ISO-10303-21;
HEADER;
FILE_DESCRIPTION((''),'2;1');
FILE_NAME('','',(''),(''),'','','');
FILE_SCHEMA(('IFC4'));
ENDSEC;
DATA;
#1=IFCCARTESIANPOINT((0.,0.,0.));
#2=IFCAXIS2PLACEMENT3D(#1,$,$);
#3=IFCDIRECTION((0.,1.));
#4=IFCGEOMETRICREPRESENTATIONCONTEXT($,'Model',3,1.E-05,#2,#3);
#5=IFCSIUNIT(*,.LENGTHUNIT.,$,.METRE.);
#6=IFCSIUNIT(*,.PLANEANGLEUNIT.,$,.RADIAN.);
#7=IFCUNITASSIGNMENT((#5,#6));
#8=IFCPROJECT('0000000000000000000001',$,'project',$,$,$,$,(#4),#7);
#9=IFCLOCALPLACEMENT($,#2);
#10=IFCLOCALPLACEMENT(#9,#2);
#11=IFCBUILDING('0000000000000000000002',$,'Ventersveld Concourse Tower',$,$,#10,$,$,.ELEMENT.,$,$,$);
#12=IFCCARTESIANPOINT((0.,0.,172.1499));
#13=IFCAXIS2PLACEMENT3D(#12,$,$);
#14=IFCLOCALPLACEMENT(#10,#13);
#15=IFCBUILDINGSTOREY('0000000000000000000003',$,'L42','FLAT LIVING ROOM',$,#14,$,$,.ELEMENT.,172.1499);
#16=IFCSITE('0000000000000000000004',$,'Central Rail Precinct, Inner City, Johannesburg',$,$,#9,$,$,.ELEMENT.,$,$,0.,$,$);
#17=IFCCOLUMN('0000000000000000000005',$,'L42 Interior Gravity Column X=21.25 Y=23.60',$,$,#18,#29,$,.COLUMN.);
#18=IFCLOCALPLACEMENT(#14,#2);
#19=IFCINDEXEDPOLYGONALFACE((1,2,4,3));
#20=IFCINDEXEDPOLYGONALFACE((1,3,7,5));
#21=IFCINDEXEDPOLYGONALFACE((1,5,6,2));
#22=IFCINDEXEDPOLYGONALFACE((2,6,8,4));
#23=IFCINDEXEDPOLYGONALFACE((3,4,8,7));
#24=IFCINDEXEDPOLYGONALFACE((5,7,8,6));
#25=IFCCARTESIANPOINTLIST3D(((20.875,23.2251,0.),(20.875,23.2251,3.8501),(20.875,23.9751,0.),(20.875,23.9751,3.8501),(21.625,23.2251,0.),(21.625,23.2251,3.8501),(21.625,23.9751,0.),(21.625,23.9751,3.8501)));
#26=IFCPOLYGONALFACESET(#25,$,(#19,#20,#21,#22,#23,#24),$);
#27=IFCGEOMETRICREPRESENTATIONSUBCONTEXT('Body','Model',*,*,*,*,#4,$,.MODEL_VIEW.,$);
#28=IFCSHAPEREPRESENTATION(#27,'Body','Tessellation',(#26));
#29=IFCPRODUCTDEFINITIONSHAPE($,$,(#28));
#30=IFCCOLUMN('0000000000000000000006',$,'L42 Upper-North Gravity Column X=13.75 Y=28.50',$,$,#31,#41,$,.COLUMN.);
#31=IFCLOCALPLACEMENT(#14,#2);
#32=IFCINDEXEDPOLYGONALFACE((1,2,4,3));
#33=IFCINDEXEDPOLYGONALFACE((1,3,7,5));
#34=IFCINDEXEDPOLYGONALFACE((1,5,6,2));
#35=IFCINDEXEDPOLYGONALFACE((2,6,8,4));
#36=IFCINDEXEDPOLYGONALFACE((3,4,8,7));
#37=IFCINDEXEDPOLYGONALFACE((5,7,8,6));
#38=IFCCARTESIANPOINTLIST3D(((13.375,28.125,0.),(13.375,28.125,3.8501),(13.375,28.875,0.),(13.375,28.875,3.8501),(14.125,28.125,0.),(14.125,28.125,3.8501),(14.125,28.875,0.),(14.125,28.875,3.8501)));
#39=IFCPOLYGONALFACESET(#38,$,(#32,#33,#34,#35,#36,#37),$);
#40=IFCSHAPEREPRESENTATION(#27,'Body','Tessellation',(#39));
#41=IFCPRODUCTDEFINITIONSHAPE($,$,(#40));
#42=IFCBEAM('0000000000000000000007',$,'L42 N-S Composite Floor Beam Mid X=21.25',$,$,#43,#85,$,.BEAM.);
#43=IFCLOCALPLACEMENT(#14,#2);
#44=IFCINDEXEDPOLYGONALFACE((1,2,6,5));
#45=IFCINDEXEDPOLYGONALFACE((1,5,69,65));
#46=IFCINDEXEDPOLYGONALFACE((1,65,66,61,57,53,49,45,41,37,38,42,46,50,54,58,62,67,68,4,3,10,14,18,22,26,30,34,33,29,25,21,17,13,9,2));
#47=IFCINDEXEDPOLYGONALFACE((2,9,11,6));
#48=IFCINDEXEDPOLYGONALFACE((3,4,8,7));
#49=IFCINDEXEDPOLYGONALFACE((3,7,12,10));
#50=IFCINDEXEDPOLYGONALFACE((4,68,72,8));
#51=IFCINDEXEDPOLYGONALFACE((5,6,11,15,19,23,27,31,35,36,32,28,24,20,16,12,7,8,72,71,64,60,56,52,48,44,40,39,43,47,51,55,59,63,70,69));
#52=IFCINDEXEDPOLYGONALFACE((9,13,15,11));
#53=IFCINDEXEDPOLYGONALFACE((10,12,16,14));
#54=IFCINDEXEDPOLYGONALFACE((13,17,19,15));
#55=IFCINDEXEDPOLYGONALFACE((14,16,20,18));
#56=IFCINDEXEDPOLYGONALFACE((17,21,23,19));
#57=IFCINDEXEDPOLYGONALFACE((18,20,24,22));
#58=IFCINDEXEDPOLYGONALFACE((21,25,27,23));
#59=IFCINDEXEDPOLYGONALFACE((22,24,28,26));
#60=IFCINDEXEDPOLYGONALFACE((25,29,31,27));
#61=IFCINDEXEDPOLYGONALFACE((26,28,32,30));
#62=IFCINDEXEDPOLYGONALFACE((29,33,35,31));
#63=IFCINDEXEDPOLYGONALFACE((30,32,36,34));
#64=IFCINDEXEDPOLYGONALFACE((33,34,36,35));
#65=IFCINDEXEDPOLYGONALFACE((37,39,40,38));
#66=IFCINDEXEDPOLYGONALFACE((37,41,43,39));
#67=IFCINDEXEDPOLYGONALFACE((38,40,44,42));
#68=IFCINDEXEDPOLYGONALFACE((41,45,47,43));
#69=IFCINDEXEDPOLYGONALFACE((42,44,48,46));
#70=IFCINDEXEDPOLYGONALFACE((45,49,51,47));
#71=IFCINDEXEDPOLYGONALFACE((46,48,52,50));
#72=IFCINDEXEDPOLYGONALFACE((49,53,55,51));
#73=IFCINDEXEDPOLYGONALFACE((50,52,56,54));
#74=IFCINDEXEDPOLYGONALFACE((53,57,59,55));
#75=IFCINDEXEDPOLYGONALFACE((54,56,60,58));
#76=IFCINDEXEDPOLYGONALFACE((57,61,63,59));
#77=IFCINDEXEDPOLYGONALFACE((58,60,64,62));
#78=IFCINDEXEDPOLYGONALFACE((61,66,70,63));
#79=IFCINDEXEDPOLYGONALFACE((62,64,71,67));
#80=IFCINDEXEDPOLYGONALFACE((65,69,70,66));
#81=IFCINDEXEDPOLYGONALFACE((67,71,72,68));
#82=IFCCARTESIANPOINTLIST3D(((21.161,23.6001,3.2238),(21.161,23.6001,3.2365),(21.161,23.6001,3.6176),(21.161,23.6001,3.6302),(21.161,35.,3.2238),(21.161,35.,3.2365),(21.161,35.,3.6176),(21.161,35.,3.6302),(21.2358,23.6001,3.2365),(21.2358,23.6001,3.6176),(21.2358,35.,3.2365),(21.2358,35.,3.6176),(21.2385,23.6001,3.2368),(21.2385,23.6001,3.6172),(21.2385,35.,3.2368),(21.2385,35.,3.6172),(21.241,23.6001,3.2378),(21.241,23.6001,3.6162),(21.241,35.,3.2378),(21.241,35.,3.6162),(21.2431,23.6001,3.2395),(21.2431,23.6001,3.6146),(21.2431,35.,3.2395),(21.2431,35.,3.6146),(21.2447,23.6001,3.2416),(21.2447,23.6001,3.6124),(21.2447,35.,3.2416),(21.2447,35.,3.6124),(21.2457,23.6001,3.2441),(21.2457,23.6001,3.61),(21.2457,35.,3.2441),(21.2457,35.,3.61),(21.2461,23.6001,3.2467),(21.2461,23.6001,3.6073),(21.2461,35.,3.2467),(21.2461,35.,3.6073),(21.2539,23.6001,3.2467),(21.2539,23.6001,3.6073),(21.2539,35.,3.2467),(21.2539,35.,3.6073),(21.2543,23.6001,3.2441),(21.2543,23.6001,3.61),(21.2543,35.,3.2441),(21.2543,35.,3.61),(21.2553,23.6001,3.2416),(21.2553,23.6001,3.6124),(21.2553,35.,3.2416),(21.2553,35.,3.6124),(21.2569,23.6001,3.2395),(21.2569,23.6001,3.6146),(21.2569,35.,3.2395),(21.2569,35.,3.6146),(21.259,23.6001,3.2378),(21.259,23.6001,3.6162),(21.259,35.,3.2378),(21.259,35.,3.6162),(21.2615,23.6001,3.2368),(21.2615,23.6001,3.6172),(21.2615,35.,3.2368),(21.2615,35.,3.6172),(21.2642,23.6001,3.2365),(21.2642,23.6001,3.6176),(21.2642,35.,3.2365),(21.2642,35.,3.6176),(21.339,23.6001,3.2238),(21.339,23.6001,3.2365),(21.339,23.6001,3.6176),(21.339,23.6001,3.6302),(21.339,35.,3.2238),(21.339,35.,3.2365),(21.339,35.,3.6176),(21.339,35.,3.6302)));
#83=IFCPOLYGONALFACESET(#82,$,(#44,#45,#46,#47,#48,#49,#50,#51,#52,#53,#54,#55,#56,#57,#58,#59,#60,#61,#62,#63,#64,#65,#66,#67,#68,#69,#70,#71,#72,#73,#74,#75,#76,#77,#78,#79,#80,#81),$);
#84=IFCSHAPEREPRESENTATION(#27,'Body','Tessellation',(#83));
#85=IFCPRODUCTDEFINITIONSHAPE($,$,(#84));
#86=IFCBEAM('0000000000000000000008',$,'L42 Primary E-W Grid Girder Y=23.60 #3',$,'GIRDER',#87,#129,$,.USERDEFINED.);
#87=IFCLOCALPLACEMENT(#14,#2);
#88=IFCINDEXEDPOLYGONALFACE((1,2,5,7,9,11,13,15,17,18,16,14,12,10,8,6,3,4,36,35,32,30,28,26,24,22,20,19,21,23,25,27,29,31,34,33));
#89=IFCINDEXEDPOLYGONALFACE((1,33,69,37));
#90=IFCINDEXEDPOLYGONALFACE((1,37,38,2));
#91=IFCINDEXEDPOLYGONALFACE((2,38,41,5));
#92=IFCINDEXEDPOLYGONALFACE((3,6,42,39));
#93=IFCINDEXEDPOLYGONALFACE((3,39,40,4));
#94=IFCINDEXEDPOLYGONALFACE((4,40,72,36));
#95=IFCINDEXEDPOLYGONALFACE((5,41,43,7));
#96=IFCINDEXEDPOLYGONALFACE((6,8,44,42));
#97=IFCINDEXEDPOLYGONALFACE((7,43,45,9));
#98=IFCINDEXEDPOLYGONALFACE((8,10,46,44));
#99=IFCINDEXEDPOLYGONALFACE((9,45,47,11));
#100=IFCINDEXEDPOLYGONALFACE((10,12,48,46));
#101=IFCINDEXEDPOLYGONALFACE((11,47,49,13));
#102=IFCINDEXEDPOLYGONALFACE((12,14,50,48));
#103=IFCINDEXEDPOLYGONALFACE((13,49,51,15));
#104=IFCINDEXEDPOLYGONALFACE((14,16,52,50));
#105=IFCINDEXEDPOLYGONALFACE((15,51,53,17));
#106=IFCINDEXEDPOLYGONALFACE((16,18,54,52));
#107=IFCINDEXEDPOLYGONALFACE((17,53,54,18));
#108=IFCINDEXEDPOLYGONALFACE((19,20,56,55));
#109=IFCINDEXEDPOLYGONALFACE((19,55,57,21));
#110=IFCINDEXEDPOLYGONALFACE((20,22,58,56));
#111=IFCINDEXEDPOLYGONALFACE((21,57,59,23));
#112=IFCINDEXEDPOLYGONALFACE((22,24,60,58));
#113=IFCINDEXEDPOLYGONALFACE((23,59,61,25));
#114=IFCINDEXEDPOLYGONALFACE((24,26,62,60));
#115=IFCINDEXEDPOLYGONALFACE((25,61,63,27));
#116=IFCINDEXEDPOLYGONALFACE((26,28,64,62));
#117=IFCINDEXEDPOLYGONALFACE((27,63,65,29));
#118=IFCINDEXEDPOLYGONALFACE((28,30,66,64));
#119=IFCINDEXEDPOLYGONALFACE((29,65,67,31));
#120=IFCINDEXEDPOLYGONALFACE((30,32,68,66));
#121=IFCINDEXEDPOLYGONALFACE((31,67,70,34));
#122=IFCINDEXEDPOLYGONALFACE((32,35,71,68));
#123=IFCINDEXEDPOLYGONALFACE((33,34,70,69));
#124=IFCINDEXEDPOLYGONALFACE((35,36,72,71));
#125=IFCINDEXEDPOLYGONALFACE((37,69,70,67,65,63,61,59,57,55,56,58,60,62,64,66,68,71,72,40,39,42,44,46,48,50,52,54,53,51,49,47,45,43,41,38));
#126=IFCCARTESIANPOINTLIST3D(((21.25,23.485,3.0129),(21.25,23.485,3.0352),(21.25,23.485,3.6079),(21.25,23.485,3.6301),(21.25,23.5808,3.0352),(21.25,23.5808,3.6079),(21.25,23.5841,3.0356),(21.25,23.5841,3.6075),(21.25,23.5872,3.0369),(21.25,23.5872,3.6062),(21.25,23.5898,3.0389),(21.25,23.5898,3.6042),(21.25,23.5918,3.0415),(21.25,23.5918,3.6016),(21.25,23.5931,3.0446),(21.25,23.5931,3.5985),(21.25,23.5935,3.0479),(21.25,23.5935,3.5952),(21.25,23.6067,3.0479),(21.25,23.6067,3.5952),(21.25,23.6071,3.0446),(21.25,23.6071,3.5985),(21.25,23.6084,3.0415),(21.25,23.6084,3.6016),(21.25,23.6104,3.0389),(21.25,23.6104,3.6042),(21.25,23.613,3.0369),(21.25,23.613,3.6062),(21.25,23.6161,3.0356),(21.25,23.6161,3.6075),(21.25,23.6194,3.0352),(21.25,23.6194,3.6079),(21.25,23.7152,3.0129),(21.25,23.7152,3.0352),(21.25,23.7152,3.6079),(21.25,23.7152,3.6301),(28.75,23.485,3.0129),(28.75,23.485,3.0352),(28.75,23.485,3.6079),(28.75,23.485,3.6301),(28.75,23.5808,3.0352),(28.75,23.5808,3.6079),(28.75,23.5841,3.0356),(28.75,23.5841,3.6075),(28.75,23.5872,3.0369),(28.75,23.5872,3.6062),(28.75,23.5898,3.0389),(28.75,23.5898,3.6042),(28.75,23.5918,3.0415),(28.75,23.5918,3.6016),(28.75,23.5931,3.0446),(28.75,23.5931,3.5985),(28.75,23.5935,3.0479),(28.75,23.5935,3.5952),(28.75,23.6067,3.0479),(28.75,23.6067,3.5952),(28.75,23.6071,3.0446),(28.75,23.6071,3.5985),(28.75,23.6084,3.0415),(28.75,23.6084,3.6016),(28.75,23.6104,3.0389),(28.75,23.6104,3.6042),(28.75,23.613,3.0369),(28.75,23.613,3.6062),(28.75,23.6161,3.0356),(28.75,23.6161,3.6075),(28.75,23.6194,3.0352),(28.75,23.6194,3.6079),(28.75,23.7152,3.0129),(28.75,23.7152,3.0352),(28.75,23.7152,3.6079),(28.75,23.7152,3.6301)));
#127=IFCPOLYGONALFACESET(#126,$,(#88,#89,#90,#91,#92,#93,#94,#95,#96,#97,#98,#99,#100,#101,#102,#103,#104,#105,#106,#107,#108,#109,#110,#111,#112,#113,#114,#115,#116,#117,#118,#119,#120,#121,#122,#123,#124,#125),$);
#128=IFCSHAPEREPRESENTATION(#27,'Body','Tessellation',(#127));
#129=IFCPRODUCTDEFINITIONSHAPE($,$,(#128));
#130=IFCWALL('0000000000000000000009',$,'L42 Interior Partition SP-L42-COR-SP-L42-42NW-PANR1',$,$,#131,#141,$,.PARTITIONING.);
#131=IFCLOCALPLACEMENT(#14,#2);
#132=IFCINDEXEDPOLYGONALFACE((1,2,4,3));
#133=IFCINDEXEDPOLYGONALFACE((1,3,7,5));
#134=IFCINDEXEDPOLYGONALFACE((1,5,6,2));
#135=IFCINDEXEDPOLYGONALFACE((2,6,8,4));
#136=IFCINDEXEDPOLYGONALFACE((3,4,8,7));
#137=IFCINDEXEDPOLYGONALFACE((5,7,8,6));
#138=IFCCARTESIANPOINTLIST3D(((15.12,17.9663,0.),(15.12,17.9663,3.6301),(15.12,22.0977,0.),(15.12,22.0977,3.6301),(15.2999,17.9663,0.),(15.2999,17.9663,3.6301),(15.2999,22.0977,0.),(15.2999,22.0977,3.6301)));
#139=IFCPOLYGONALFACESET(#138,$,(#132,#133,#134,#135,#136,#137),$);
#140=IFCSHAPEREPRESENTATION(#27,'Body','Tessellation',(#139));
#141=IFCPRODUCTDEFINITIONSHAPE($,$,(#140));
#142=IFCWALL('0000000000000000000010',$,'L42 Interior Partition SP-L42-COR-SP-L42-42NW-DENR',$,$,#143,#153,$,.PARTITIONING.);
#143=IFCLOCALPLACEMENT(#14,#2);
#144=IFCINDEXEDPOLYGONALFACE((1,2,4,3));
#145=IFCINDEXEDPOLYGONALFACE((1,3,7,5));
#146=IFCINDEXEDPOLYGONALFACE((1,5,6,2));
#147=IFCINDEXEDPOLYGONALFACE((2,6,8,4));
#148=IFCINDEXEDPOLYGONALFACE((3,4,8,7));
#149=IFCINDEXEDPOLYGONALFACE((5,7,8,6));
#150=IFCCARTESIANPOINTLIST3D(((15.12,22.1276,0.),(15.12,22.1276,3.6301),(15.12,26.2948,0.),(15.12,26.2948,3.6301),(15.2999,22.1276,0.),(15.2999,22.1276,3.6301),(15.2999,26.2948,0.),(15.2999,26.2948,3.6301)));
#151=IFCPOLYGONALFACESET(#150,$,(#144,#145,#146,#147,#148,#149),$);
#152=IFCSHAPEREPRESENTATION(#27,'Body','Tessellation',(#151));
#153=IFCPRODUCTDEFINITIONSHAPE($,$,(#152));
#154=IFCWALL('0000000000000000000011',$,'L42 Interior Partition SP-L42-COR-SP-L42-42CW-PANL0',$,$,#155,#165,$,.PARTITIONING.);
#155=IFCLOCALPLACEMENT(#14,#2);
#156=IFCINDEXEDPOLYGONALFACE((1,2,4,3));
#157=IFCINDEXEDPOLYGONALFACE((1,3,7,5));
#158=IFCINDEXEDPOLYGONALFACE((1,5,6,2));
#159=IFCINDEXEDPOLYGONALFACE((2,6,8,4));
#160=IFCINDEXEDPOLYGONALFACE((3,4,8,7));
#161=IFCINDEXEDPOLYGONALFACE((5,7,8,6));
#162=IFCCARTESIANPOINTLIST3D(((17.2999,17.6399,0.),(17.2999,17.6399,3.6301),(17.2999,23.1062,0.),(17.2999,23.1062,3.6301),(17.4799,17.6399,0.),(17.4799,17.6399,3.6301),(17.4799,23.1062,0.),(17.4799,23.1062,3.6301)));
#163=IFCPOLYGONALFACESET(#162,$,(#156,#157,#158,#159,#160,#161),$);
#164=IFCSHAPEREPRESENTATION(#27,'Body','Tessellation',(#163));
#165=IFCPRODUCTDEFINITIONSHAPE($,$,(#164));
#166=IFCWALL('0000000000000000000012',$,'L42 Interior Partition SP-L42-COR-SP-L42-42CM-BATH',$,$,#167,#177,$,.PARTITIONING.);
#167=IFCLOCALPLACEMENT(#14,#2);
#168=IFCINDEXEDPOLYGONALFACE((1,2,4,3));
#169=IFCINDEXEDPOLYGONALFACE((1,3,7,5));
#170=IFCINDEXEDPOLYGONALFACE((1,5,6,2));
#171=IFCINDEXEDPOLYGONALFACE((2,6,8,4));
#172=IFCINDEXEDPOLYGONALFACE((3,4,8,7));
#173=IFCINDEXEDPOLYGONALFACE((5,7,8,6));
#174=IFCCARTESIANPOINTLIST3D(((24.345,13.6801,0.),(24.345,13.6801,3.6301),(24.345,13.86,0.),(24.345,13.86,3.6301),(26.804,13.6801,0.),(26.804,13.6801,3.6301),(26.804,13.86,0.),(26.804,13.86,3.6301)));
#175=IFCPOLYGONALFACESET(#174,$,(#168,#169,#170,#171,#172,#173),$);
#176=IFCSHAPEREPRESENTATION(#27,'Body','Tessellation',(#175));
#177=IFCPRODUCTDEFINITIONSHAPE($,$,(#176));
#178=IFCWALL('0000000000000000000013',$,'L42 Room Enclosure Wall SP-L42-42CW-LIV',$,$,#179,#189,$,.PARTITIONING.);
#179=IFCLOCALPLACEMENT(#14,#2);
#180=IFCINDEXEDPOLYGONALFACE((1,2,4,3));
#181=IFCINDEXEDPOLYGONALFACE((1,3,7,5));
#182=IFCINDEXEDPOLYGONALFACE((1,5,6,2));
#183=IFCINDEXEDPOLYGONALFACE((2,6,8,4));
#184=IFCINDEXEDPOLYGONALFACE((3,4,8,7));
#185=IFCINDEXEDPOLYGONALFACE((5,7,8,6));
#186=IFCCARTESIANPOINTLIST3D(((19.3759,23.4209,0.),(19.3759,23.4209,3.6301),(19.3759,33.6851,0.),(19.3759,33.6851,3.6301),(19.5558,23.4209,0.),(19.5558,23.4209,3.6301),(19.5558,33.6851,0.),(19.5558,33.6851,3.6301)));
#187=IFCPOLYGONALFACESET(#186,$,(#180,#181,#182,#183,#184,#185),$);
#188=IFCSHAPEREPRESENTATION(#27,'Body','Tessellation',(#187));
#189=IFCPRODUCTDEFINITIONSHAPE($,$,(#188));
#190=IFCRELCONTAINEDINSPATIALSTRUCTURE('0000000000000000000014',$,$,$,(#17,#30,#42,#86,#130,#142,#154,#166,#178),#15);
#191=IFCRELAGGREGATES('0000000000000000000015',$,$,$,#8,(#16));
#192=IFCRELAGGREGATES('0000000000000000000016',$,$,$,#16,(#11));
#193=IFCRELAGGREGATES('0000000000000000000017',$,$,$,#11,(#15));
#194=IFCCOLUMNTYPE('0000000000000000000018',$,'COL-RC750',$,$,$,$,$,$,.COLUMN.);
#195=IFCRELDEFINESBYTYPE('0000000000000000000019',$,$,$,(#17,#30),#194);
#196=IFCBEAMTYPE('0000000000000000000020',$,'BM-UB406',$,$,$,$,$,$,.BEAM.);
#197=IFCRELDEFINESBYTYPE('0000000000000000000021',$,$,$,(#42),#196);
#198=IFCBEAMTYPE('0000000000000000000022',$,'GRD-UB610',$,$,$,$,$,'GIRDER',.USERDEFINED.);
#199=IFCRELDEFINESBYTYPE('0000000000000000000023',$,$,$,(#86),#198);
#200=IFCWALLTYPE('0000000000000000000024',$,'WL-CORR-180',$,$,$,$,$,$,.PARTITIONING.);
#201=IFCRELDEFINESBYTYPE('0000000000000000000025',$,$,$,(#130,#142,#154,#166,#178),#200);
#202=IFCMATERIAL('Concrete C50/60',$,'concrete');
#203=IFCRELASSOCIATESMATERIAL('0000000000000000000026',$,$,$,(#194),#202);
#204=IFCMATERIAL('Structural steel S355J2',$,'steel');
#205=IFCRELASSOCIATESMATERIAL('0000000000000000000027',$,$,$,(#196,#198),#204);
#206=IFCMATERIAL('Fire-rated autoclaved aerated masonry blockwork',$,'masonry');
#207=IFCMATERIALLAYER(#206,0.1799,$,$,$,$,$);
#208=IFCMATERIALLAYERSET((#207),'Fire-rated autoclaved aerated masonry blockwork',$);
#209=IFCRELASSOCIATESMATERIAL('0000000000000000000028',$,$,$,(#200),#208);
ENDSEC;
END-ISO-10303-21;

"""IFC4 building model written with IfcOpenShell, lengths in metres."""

from ifc_helpers import new_model, si_unit, direction, frame, frame_2d, origin, origin_2d, place, context, subcontext, project, spatial, rectangle, i_section, extrude, material, layer, layer_set, material_profile, profile_set, type_object, element, save


model = new_model("IFC4")

# Units and contexts
model_context = context("Model", 3, precision=1e-05, world=origin(), true_north=direction((0.0, 1.0)))
body_context = subcontext(model_context, "Body", "Model", "MODEL_VIEW")
ifc_project = project(units=[si_unit("LENGTHUNIT", "METRE"), si_unit("PLANEANGLEUNIT", "RADIAN")], contexts=[model_context])

# Site, building, storey
site_placement = place(None, origin())
site = spatial("IfcSite", under=ifc_project, at=site_placement, Name="Central Rail Precinct, Inner City, Johannesburg", CompositionType="ELEMENT", RefElevation=0.0)
building_placement = place(site_placement, origin())
building = spatial("IfcBuilding", under=site, at=building_placement, Name="Ventersveld Concourse Tower", CompositionType="ELEMENT")
storey_placement = place(building_placement, frame((0.0, 0.0, 172.1499)))
storey = spatial("IfcBuildingStorey", under=building, at=storey_placement, Name="L42", Description="FLAT LIVING ROOM", CompositionType="ELEMENT", Elevation=172.1499)

# Columns
ifc_material_1 = material(Name="Concrete C50/60", Category="concrete")
ifc_material_profile_1 = material_profile(ifc_material_1, rectangle(XDim=0.75, YDim=0.75, at=origin_2d()), Name="RC 750x750")
ifc_profile_set_1 = profile_set([ifc_material_profile_1], Name="Concrete C50/60")
column_type = type_object("IfcColumnType", Name="COL-RC750", PredefinedType="COLUMN", material=ifc_profile_set_1)
for number, where, z_axis, x_axis, name in (
    (1, (21.25, 23.6001, 0.0), (0.0, 0.0, 1.0), (1.0, 0.0, 0.0), "L42 Interior Gravity Column X=21.25 Y=23.60"),
    (2, (13.75, 28.5, 0.0), (0.0, 0.0, 1.0), (1.0, 0.0, 0.0), "L42 Upper-North Gravity Column X=13.75 Y=28.50"),
):
    element("IfcColumn", number, at=place(storey_placement, frame(where, z_axis=z_axis, x_axis=x_axis)), inside=storey, type_object=column_type, Name=name, PredefinedType="COLUMN", context=body_context, shape_type="SweptSolid", body=[
        extrude(rectangle(XDim=0.75, YDim=0.75, at=origin_2d()), origin(), (0.0, 0.0, 1.0), 3.8501),
    ])

# Beams
ifc_material_2 = material(Name="Structural steel S355J2", Category="steel")
ifc_material_profile_2 = material_profile(ifc_material_2, i_section(OverallWidth=0.178, OverallDepth=0.4065, WebThickness=0.0078, FlangeThickness=0.0127, FilletRadius=0.0103, at=origin_2d()), Name="UB 406x178x60")
ifc_profile_set_2 = profile_set([ifc_material_profile_2], Name="Structural steel S355J2")
beam_type_1 = type_object("IfcBeamType", Name="BM-UB406", PredefinedType="BEAM", material=ifc_profile_set_2)
beam_1_placement = place(storey_placement, frame((21.25, 23.6001, 3.427), z_axis=(0.0, 1.0, 0.0), x_axis=(-1.0, 0.0, 0.0)))
element("IfcBeam", 3, at=beam_1_placement, inside=storey, type_object=beam_type_1, Name="L42 N-S Composite Floor Beam Mid X=21.25", PredefinedType="BEAM", context=body_context, shape_type="SweptSolid", body=[
    extrude(i_section(OverallWidth=0.178, OverallDepth=0.4065, WebThickness=0.0078, FlangeThickness=0.0127, FilletRadius=0.0103, at=origin_2d()), origin(), (0.0, 0.0, 1.0), 11.3999),
])
ifc_material_profile_3 = material_profile(ifc_material_2, i_section(OverallWidth=0.2302, OverallDepth=0.6172, WebThickness=0.0132, FlangeThickness=0.0222, FilletRadius=0.0127, at=origin_2d()), Name="UB 610x229x140")
ifc_profile_set_3 = profile_set([ifc_material_profile_3], Name="Structural steel S355J2")
beam_type_2 = type_object("IfcBeamType", Name="GRD-UB610", ElementType="GIRDER", PredefinedType="USERDEFINED", material=ifc_profile_set_3)
beam_2_placement = place(storey_placement, frame((21.25, 23.6001, 3.3215), z_axis=(1.0, 0.0, 0.0), x_axis=(0.0, 1.0, 0.0)))
element("IfcBeam", 4, at=beam_2_placement, inside=storey, type_object=beam_type_2, Name="L42 Primary E-W Grid Girder Y=23.60 #3", ObjectType="GIRDER", PredefinedType="USERDEFINED", context=body_context, shape_type="SweptSolid", body=[
    extrude(i_section(OverallWidth=0.2302, OverallDepth=0.6172, WebThickness=0.0132, FlangeThickness=0.0222, FilletRadius=0.0127, at=origin_2d()), origin(), (0.0, 0.0, 1.0), 7.5),
])

# Walls
ifc_material_3 = material(Name="Fire-rated autoclaved aerated masonry blockwork", Category="masonry")
ifc_layer_1 = layer(ifc_material_3, 0.1799)
ifc_layer_set_1 = layer_set([ifc_layer_1], Name="Fire-rated autoclaved aerated masonry blockwork")
wall_type_1 = type_object("IfcWallType", Name="WL-CORR-180", PredefinedType="PARTITIONING", material=ifc_layer_set_1)
wall_1_placement = place(storey_placement, frame((15.21, 17.9663, 0.0), z_axis=(0.0, 0.0, 1.0), x_axis=(0.0, 1.0, 0.0)))
element("IfcWall", 5, at=wall_1_placement, inside=storey, type_object=wall_type_1, Name="L42 Interior Partition SP-L42-COR-SP-L42-42NW-PANR1", PredefinedType="PARTITIONING", context=body_context, shape_type="SweptSolid", body=[
    extrude(rectangle(XDim=4.1313, YDim=0.1799, at=frame_2d((2.0657, 0.0))), origin(), (0.0, 0.0, 1.0), 3.6301),
])
wall_2_placement = place(storey_placement, frame((15.21, 22.1277, 0.0), z_axis=(0.0, 0.0, 1.0), x_axis=(0.0, 1.0, 0.0)))
element("IfcWall", 6, at=wall_2_placement, inside=storey, type_object=wall_type_1, Name="L42 Interior Partition SP-L42-COR-SP-L42-42NW-DENR", PredefinedType="PARTITIONING", context=body_context, shape_type="SweptSolid", body=[
    extrude(rectangle(XDim=4.1672, YDim=0.1799, at=frame_2d((2.0835, 0.0))), origin(), (0.0, 0.0, 1.0), 3.6301),
])
wall_3_placement = place(storey_placement, frame((17.3899, 17.6399, 0.0), z_axis=(0.0, 0.0, 1.0), x_axis=(0.0, 1.0, 0.0)))
element("IfcWall", 7, at=wall_3_placement, inside=storey, type_object=wall_type_1, Name="L42 Interior Partition SP-L42-COR-SP-L42-42CW-PANL0", PredefinedType="PARTITIONING", context=body_context, shape_type="SweptSolid", body=[
    extrude(rectangle(XDim=5.4663, YDim=0.1799, at=frame_2d((2.7332, 0.0))), origin(), (0.0, 0.0, 1.0), 3.6301),
])
wall_4_placement = place(storey_placement, frame((24.345, 13.77, 0.0), z_axis=(0.0, 0.0, 1.0), x_axis=(1.0, 0.0, 0.0)))
element("IfcWall", 8, at=wall_4_placement, inside=storey, type_object=wall_type_1, Name="L42 Interior Partition SP-L42-COR-SP-L42-42CM-BATH", PredefinedType="PARTITIONING", context=body_context, shape_type="SweptSolid", body=[
    extrude(rectangle(XDim=2.459, YDim=0.1799, at=frame_2d((1.2295, 0.0))), origin(), (0.0, 0.0, 1.0), 3.6301),
])
wall_5_placement = place(storey_placement, frame((19.4658, 23.4209, 0.0), z_axis=(0.0, 0.0, 1.0), x_axis=(0.0, 1.0, 0.0)))
element("IfcWall", 9, at=wall_5_placement, inside=storey, type_object=wall_type_1, Name="L42 Room Enclosure Wall SP-L42-42CW-LIV", PredefinedType="PARTITIONING", context=body_context, shape_type="SweptSolid", body=[
    extrude(rectangle(XDim=10.2642, YDim=0.1799, at=frame_2d((5.1321, 0.0))), origin(), (0.0, 0.0, 1.0), 3.6301),
])

save(model, "model.ifc")
